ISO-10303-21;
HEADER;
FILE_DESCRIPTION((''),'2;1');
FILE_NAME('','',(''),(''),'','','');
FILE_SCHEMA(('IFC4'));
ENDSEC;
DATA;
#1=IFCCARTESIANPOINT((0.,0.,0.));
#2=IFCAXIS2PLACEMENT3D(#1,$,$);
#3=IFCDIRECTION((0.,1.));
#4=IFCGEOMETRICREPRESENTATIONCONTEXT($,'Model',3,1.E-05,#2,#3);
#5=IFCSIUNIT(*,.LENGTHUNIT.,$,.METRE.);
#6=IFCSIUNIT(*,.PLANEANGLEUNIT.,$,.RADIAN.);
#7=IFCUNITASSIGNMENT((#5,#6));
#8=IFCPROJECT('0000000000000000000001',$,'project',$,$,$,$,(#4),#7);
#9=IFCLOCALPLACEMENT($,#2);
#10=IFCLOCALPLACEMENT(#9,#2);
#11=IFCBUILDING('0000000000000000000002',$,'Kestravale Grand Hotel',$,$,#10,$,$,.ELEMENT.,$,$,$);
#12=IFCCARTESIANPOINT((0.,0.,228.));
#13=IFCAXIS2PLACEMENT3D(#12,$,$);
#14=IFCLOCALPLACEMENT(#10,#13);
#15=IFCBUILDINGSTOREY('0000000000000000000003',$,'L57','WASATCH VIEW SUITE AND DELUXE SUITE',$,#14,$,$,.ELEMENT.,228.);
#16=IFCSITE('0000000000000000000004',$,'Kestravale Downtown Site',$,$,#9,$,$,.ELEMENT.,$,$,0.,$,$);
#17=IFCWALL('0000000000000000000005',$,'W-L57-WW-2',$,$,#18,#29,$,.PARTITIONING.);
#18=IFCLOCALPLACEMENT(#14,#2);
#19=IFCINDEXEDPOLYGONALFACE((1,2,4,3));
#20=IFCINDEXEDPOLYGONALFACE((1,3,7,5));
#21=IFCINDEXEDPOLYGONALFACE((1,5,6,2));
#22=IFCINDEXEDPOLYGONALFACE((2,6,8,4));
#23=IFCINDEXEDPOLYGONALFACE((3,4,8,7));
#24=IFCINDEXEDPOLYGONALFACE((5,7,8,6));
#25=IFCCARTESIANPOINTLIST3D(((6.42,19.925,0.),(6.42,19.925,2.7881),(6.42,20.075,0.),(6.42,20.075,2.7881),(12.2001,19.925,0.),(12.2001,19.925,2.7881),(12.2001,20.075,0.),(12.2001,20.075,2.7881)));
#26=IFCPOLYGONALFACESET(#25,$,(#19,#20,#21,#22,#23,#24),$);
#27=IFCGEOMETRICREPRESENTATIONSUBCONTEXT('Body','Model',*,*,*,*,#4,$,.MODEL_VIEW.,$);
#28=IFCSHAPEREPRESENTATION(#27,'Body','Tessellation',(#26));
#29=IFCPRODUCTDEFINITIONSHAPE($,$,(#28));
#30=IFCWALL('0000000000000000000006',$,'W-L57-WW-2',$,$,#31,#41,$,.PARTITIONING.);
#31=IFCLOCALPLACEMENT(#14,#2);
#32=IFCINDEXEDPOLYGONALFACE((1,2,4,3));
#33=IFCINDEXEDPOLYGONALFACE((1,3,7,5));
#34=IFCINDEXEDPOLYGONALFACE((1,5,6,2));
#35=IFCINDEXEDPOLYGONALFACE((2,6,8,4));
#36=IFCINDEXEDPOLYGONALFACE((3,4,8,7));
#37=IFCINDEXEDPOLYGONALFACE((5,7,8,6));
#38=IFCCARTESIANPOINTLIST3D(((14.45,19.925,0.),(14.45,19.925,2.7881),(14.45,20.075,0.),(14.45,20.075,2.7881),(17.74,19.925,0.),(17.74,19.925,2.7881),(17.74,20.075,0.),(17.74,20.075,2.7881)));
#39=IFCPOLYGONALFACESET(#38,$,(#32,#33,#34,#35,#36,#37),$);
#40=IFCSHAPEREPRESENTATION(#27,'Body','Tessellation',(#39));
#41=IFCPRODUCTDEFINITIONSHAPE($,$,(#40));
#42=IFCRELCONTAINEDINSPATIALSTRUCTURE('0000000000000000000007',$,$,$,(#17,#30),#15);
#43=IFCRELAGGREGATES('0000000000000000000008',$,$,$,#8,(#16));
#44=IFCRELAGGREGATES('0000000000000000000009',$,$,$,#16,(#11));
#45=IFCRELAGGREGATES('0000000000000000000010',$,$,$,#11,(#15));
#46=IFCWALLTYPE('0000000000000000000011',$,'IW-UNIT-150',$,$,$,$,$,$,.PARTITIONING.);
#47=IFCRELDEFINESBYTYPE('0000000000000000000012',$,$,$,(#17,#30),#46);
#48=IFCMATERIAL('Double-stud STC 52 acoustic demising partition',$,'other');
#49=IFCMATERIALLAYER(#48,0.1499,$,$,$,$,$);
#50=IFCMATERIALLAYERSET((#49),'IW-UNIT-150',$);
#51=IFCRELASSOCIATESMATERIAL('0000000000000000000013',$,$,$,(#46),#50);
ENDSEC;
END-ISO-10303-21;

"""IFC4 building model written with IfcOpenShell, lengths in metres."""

from ifc_helpers import new_model, si_unit, direction, frame, frame_2d, origin, place, context, subcontext, project, spatial, rectangle, extrude, material, layer, layer_set, type_object, element, save


model = new_model("IFC4")

# Units and contexts
model_context = context("Model", 3, precision=1e-05, world=origin(), true_north=direction((0.0, 1.0)))
body_context = subcontext(model_context, "Body", "Model", "MODEL_VIEW")
ifc_project = project(units=[si_unit("LENGTHUNIT", "METRE"), si_unit("PLANEANGLEUNIT", "RADIAN")], contexts=[model_context])

# Site, building, storey
site_placement = place(None, origin())
site = spatial("IfcSite", under=ifc_project, at=site_placement, Name="Kestravale Downtown Site", CompositionType="ELEMENT", RefElevation=0.0)
building_placement = place(site_placement, origin())
building = spatial("IfcBuilding", under=site, at=building_placement, Name="Kestravale Grand Hotel", CompositionType="ELEMENT")
storey_placement = place(building_placement, frame((0.0, 0.0, 228.0)))
storey = spatial("IfcBuildingStorey", under=building, at=storey_placement, Name="L57", Description="WASATCH VIEW SUITE AND DELUXE SUITE", CompositionType="ELEMENT", Elevation=228.0)

# Walls
ifc_material_1 = material(Name="Double-stud STC 52 acoustic demising partition", Category="other")
ifc_layer_1 = layer(ifc_material_1, 0.1499)
ifc_layer_set_1 = layer_set([ifc_layer_1], Name="IW-UNIT-150")
wall_type_1 = type_object("IfcWallType", Name="IW-UNIT-150", PredefinedType="PARTITIONING", material=ifc_layer_set_1)
wall_1_placement = place(storey_placement, frame((6.4199, 20.0, 0.0), z_axis=(0.0, 0.0, 1.0), x_axis=(1.0, 0.0, 0.0)))
element("IfcWall", 1, at=wall_1_placement, inside=storey, type_object=wall_type_1, Name="W-L57-WW-2", PredefinedType="PARTITIONING", context=body_context, shape_type="SweptSolid", body=[
    extrude(rectangle(XDim=5.78, YDim=0.1499, at=frame_2d((2.8901, 0.0))), origin(), (0.0, 0.0, 1.0), 2.7881),
])
wall_2_placement = place(storey_placement, frame((14.45, 20.0, 0.0), z_axis=(0.0, 0.0, 1.0), x_axis=(1.0, 0.0, 0.0)))
element("IfcWall", 2, at=wall_2_placement, inside=storey, type_object=wall_type_1, Name="W-L57-WW-2", PredefinedType="PARTITIONING", context=body_context, shape_type="SweptSolid", body=[
    extrude(rectangle(XDim=3.29, YDim=0.1499, at=frame_2d((1.645, 0.0))), origin(), (0.0, 0.0, 1.0), 2.7881),
])

save(model, "model.ifc")
